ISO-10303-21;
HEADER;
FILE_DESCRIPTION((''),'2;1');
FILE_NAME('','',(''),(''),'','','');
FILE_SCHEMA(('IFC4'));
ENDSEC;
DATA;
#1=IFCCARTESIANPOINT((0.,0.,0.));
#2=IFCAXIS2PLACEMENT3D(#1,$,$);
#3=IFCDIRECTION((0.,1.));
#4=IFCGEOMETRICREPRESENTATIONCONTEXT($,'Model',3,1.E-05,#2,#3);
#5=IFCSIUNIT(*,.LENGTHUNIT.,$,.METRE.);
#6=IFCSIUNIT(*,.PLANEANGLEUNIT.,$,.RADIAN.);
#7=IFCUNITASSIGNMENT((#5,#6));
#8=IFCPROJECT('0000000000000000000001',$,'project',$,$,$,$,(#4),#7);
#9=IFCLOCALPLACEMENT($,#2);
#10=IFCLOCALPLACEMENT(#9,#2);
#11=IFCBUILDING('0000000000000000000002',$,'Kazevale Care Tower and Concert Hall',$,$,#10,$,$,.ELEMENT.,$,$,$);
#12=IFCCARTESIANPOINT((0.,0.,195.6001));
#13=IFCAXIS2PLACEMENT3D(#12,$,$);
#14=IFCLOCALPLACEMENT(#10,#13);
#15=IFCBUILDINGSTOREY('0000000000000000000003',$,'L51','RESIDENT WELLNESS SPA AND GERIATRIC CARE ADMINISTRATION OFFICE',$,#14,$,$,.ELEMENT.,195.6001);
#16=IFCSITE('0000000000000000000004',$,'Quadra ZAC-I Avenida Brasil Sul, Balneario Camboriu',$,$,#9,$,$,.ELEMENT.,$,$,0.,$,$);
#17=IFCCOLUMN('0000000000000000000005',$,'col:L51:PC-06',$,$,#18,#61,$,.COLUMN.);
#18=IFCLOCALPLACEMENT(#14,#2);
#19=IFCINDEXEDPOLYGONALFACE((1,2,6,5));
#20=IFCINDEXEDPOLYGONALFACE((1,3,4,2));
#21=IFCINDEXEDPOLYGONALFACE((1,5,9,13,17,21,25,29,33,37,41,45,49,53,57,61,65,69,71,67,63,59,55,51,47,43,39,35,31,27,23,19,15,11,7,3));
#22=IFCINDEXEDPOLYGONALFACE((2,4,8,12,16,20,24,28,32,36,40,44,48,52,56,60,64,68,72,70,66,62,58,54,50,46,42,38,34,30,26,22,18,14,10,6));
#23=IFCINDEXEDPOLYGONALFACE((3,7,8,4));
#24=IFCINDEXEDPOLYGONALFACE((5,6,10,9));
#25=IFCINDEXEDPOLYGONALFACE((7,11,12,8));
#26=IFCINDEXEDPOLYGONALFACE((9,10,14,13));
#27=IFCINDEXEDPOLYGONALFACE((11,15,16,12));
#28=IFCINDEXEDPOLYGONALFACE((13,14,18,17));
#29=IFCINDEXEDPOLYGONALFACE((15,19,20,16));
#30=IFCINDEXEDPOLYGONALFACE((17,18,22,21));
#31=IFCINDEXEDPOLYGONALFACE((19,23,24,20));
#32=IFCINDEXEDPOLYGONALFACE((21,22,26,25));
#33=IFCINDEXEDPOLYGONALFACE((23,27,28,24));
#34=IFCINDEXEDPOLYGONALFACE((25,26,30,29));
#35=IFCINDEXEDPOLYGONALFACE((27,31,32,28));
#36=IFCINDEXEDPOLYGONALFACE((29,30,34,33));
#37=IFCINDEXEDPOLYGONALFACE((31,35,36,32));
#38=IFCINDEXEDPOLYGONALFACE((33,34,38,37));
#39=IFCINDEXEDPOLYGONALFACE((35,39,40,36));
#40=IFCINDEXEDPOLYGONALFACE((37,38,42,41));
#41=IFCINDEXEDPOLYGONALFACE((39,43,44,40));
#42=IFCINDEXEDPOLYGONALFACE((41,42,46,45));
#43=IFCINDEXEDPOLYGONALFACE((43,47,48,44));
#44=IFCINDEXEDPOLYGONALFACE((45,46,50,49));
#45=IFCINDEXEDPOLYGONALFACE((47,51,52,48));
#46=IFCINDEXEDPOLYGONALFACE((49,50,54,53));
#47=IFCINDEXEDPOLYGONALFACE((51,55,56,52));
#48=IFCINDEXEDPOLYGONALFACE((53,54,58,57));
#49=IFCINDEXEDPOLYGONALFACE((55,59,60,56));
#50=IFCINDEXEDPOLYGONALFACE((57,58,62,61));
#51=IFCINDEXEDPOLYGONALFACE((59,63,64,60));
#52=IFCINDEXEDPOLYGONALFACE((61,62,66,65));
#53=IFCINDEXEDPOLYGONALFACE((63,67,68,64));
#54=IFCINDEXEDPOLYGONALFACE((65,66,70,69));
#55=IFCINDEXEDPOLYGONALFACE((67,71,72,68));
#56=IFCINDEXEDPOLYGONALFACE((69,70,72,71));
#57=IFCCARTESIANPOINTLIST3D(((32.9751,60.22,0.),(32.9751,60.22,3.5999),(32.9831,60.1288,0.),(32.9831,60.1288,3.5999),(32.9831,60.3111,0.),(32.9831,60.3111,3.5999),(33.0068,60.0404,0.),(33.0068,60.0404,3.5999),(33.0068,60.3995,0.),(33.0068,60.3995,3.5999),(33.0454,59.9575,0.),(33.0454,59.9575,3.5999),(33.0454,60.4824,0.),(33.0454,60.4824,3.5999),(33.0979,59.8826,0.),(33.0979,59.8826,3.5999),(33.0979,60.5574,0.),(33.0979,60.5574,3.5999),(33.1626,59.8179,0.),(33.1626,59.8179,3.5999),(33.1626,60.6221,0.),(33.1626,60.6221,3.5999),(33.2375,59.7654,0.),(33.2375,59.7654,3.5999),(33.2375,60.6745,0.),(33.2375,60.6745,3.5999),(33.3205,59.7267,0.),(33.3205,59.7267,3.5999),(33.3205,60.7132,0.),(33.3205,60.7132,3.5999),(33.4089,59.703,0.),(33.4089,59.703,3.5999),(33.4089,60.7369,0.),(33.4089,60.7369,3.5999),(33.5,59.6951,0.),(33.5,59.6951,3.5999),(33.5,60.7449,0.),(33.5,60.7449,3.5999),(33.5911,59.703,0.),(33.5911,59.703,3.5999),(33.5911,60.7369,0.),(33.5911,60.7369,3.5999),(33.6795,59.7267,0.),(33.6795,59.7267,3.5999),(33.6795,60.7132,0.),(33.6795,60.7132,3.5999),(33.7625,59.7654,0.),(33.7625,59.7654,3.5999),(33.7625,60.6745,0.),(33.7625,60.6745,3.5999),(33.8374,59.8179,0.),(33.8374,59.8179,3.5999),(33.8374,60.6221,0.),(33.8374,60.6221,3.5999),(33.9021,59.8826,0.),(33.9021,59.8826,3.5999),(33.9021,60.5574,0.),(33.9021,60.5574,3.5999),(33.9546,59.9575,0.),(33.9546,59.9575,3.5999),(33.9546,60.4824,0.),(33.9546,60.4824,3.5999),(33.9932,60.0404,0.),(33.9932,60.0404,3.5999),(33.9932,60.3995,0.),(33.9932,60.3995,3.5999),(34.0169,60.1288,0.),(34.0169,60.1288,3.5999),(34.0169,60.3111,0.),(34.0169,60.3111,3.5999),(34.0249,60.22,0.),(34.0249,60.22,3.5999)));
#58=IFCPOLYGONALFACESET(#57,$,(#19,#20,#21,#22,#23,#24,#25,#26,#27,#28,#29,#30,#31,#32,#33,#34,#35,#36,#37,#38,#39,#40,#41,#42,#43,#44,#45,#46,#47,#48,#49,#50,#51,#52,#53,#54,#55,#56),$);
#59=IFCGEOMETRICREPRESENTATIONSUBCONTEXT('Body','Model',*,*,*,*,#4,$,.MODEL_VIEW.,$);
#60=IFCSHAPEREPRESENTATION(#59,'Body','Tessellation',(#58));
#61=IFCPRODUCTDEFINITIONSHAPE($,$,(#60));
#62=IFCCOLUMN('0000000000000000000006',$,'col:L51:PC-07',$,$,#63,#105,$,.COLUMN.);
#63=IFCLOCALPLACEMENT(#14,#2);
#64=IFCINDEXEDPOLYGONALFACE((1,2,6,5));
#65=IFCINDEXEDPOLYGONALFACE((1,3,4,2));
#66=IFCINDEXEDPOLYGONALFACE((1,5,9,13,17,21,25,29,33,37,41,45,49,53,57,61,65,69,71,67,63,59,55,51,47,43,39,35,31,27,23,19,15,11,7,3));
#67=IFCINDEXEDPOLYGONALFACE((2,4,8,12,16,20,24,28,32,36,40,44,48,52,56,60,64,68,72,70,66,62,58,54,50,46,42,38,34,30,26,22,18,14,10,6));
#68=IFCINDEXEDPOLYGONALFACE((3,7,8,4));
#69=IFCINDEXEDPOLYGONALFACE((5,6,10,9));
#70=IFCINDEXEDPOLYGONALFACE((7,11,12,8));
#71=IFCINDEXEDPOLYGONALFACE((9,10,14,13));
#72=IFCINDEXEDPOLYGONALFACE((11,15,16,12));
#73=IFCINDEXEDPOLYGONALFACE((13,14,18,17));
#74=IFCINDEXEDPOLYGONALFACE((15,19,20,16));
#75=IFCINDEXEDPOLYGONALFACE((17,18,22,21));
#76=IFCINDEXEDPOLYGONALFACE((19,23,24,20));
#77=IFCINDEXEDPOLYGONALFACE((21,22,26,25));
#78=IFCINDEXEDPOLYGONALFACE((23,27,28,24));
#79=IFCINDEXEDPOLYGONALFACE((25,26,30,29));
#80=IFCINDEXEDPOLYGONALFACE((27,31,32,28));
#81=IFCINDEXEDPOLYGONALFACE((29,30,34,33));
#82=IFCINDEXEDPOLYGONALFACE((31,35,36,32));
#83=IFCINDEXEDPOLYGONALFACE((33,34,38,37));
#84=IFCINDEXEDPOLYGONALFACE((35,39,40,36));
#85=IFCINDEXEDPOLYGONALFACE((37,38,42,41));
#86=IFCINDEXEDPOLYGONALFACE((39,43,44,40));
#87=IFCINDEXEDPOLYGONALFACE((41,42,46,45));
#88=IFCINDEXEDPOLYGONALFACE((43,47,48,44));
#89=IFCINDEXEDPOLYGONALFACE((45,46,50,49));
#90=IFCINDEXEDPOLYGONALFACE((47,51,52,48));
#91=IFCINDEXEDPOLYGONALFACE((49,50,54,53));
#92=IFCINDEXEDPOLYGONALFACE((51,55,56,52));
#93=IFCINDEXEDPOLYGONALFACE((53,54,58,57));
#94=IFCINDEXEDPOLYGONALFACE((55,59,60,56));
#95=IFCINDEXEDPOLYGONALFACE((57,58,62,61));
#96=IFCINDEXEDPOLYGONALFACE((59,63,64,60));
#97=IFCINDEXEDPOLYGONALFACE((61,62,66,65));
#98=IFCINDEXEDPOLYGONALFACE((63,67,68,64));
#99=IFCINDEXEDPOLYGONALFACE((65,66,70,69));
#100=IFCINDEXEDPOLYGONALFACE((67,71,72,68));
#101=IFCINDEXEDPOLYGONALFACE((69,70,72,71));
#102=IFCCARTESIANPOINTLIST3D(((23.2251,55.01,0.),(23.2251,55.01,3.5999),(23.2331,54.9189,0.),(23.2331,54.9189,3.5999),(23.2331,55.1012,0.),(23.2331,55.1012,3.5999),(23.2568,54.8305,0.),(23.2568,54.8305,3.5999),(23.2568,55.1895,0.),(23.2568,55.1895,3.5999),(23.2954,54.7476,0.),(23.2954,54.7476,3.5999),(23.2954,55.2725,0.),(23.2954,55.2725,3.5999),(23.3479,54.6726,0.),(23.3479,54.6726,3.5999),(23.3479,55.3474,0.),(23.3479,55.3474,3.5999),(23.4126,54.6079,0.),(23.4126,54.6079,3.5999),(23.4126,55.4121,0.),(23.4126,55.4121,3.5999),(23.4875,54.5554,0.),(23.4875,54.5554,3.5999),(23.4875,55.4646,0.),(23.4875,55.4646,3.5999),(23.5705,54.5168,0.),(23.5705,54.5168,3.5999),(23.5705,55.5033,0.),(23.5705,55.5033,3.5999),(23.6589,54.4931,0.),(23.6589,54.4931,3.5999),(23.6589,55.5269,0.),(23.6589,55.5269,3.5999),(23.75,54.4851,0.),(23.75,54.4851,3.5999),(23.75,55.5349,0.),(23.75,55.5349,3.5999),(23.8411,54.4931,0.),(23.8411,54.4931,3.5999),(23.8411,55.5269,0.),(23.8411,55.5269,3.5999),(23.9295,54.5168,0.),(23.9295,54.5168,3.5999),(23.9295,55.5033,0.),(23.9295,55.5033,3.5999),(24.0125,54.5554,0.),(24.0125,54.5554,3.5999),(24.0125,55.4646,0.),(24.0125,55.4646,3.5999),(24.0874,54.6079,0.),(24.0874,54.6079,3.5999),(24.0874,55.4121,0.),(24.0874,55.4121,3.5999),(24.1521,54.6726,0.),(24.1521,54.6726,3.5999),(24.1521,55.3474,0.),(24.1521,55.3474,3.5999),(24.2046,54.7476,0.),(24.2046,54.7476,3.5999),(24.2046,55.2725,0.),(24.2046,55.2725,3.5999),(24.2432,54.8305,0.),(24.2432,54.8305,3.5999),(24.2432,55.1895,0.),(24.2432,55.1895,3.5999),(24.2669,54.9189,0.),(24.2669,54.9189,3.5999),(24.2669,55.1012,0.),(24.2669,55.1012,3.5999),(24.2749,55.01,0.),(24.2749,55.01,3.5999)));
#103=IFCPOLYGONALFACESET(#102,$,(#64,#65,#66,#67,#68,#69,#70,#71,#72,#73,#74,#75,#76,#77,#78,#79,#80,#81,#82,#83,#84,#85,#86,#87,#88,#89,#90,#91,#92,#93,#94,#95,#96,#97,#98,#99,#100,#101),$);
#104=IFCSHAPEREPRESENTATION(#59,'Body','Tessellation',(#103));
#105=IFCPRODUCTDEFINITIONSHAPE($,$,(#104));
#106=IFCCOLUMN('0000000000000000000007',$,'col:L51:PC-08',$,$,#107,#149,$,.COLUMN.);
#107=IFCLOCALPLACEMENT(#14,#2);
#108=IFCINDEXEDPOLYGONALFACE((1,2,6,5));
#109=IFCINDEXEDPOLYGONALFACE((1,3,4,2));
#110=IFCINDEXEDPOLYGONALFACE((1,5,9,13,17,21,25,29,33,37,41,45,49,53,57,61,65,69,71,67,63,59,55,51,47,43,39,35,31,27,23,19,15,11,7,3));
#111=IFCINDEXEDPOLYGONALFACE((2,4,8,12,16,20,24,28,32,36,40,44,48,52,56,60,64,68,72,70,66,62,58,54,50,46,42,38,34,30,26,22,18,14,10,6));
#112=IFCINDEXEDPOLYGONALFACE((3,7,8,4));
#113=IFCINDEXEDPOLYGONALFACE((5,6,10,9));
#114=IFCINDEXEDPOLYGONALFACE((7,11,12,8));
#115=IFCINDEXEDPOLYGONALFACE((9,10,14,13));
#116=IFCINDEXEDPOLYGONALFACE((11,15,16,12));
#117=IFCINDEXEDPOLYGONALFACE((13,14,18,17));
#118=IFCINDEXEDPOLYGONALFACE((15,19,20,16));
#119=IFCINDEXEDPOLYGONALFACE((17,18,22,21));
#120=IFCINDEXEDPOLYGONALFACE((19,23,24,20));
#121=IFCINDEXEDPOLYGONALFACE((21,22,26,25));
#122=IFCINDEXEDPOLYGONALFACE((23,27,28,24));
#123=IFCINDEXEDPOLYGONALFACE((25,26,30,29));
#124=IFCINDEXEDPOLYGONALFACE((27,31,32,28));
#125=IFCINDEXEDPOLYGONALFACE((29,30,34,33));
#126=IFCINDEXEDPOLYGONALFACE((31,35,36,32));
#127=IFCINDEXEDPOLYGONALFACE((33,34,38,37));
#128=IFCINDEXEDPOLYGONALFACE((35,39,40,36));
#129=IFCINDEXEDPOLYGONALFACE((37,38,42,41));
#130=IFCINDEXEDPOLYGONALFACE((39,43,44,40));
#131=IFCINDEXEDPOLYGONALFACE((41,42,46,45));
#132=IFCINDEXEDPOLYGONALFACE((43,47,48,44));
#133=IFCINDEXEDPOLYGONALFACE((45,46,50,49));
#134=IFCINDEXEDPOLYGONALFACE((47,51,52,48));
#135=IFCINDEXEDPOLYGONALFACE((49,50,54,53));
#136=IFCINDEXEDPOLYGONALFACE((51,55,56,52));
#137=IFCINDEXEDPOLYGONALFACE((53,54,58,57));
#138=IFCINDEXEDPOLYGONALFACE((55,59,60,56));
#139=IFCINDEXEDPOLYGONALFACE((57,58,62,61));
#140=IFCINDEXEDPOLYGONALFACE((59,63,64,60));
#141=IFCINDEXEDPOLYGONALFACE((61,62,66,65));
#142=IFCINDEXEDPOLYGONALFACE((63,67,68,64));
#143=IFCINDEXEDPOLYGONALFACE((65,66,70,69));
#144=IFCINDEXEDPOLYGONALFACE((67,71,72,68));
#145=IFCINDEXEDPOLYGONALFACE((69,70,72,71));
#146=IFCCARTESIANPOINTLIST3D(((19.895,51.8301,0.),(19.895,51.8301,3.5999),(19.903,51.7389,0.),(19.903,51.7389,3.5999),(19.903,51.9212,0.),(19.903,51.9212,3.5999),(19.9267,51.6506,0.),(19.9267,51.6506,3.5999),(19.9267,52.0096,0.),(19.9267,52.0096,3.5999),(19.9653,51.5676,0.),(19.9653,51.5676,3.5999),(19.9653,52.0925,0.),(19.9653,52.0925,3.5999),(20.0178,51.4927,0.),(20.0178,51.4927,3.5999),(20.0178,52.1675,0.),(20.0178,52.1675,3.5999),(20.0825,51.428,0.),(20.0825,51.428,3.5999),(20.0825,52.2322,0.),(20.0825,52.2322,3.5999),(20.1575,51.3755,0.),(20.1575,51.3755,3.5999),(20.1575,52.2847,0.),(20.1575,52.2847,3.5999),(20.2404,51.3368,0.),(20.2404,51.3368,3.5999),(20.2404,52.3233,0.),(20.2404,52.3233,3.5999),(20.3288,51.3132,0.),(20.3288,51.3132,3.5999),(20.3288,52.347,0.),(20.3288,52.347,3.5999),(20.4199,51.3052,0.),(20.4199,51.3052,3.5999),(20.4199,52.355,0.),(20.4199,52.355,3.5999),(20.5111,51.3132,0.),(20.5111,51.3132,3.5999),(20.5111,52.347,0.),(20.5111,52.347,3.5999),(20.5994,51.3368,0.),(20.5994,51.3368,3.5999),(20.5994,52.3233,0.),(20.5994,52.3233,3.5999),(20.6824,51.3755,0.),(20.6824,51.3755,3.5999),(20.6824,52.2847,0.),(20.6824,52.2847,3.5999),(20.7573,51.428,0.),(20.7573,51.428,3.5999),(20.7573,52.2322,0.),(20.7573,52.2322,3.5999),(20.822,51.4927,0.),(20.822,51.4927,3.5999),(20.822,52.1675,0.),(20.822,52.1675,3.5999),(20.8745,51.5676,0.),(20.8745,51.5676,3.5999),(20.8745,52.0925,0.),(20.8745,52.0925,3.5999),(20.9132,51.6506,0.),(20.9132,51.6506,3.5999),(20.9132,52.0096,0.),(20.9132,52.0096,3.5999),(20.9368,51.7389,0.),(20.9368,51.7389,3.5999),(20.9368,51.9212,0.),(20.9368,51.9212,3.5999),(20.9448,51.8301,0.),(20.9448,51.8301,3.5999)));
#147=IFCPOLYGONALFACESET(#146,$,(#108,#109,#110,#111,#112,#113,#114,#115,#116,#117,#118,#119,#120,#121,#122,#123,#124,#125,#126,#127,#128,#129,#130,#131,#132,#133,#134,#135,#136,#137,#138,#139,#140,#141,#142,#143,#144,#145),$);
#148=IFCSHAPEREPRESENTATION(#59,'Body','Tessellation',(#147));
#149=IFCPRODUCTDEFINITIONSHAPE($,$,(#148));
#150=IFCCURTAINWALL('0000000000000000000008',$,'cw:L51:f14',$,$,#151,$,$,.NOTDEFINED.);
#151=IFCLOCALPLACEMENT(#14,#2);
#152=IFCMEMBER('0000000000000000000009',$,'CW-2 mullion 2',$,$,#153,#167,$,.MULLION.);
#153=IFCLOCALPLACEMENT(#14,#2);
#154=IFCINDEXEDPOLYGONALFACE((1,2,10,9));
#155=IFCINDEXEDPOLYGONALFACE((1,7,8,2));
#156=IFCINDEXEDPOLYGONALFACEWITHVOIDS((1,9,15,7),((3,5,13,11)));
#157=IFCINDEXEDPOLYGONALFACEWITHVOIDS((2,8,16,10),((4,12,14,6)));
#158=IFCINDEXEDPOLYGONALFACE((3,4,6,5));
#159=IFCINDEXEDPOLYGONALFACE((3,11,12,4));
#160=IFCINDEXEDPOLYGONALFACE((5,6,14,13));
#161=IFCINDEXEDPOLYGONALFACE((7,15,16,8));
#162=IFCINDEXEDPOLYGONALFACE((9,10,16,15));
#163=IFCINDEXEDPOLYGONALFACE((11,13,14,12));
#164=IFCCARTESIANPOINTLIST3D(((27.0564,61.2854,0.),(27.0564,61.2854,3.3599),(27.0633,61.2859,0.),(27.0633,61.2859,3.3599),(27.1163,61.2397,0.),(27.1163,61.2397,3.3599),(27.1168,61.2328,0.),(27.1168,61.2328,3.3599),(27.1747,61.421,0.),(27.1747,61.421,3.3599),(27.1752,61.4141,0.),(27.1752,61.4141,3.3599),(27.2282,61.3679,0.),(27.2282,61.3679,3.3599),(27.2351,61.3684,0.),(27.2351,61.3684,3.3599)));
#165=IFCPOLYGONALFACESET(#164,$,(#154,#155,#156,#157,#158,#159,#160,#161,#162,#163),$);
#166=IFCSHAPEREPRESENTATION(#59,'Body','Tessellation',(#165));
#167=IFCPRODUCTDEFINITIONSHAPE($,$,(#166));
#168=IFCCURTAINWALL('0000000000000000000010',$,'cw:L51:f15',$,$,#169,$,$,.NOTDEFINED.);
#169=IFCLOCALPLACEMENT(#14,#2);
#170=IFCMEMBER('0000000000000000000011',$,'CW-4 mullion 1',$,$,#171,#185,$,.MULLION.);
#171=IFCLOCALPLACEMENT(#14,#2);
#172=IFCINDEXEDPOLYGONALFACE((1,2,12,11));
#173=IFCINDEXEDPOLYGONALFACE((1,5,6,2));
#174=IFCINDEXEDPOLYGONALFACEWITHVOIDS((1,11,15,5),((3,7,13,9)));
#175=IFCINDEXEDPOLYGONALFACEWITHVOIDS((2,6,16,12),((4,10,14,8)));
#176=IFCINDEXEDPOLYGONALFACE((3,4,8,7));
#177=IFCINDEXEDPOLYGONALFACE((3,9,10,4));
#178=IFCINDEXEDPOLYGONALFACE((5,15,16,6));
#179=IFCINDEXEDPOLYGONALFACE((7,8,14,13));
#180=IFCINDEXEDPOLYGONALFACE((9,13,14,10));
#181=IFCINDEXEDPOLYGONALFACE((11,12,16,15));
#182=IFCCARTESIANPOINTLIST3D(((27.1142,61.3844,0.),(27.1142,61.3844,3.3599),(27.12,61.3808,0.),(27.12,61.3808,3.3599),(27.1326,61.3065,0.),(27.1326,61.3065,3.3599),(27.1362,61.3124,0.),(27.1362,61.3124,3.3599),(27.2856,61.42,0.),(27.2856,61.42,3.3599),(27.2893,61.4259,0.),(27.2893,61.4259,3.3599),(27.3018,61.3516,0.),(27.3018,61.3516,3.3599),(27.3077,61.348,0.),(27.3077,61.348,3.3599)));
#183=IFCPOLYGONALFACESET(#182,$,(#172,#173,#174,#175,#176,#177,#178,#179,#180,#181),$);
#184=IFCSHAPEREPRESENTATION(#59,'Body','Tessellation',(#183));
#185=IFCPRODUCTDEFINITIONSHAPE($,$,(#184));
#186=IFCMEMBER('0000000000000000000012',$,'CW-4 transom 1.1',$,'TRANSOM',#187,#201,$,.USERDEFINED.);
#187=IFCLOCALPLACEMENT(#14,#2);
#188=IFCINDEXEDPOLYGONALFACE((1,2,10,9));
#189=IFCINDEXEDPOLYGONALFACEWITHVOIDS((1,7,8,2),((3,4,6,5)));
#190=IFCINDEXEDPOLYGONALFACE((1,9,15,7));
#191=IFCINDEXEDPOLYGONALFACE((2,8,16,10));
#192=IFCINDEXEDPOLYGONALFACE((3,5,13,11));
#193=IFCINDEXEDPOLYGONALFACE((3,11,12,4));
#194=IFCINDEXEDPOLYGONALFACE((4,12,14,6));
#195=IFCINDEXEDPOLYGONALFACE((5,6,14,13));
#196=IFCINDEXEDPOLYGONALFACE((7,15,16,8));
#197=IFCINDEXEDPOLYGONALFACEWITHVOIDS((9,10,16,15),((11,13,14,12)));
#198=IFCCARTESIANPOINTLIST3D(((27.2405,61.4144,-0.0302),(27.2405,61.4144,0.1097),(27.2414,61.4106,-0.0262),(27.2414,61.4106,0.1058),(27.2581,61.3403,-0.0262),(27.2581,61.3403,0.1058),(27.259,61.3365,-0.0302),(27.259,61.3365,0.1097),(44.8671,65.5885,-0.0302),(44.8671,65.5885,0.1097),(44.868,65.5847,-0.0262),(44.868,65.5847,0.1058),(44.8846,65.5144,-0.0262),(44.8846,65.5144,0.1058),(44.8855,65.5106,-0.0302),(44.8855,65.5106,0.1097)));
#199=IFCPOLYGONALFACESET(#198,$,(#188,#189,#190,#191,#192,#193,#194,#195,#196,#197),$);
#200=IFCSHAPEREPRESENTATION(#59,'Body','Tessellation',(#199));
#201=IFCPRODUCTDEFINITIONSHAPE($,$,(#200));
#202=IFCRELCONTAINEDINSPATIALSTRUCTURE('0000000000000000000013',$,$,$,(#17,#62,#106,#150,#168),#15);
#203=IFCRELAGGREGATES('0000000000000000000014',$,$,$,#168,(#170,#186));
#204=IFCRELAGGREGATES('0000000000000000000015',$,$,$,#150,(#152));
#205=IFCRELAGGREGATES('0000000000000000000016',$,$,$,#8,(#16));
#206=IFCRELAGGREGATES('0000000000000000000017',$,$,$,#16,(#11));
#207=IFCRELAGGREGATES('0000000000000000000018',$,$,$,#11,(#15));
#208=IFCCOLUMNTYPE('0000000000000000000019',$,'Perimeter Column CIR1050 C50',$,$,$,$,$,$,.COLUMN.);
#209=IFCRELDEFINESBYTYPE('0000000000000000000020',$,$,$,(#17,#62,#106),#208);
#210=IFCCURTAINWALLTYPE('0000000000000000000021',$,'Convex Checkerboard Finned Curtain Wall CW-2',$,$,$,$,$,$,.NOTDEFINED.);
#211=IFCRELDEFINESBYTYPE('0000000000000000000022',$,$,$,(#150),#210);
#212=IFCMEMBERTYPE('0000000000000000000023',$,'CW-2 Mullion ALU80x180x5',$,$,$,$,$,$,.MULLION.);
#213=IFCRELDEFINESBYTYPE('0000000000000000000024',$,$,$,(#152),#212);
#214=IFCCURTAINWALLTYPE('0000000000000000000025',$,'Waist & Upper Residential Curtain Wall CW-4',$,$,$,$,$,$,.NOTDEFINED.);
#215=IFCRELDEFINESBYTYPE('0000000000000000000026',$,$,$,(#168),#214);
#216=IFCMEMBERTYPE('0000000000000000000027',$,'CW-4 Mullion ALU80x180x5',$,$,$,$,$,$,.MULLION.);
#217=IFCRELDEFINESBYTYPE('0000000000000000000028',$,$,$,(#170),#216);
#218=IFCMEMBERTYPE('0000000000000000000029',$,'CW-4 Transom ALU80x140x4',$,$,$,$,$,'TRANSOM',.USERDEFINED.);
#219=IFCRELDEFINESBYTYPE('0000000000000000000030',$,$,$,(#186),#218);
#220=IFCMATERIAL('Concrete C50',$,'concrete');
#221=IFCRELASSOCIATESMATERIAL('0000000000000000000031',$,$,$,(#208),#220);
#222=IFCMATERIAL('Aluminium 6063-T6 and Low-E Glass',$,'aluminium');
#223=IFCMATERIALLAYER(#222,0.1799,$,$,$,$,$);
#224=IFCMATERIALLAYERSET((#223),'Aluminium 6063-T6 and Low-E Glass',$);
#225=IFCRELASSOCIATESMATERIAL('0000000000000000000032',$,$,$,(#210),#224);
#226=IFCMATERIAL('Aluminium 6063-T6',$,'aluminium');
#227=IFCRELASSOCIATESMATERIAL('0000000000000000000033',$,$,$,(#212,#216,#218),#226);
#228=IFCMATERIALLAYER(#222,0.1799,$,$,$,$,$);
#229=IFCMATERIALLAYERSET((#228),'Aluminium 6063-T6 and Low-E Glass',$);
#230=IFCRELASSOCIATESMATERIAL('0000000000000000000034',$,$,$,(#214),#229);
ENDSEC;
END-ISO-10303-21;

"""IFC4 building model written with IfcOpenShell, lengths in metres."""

from ifc_helpers import new_model, si_unit, direction, frame, origin, origin_2d, place, context, subcontext, project, spatial, hollow_rectangle, circle, extrude, material, layer, layer_set, material_profile, profile_set, type_object, element, aggregate, save


model = new_model("IFC4")

# Units and contexts
model_context = context("Model", 3, precision=1e-05, world=origin(), true_north=direction((0.0, 1.0)))
body_context = subcontext(model_context, "Body", "Model", "MODEL_VIEW")
ifc_project = project(units=[si_unit("LENGTHUNIT", "METRE"), si_unit("PLANEANGLEUNIT", "RADIAN")], contexts=[model_context])

# Site, building, storey
site_placement = place(None, origin())
site = spatial("IfcSite", under=ifc_project, at=site_placement, Name="Quadra ZAC-I Avenida Brasil Sul, Balneario Camboriu", CompositionType="ELEMENT", RefElevation=0.0)
building_placement = place(site_placement, origin())
building = spatial("IfcBuilding", under=site, at=building_placement, Name="Kazevale Care Tower and Concert Hall", CompositionType="ELEMENT")
storey_placement = place(building_placement, frame((0.0, 0.0, 195.6001)))
storey = spatial("IfcBuildingStorey", under=building, at=storey_placement, Name="L51", Description="RESIDENT WELLNESS SPA AND GERIATRIC CARE ADMINISTRATION OFFICE", CompositionType="ELEMENT", Elevation=195.6001)

# Columns
ifc_material_1 = material(Name="Concrete C50", Category="concrete")
ifc_material_profile_1 = material_profile(ifc_material_1, circle(Radius=0.5249, at=origin_2d()), Name="RC-CIR1050")
ifc_profile_set_1 = profile_set([ifc_material_profile_1], Name="Concrete C50")
column_type = type_object("IfcColumnType", Name="Perimeter Column CIR1050 C50", PredefinedType="COLUMN", material=ifc_profile_set_1)
for number, where, z_axis, x_axis, name in (
    (1, (33.5, 60.22, 0.0), (0.0, 0.0, 1.0), (1.0, 0.0, 0.0), "col:L51:PC-06"),
    (2, (23.75, 55.01, 0.0), (0.0, 0.0, 1.0), (1.0, 0.0, 0.0), "col:L51:PC-07"),
    (3, (20.4199, 51.8301, 0.0), (0.0, 0.0, 1.0), (1.0, 0.0, 0.0), "col:L51:PC-08"),
):
    element("IfcColumn", number, at=place(storey_placement, frame(where, z_axis=z_axis, x_axis=x_axis)), inside=storey, type_object=column_type, Name=name, PredefinedType="COLUMN", context=body_context, shape_type="SweptSolid", body=[
        extrude(circle(Radius=0.5249, at=origin_2d()), origin(), (0.0, 0.0, 1.0), 3.5999),
    ])

# Curtain wall, member
ifc_material_2 = material(Name="Aluminium 6063-T6 and Low-E Glass", Category="aluminium")
ifc_layer_1 = layer(ifc_material_2, 0.1799)
ifc_layer_set_1 = layer_set([ifc_layer_1], Name="Aluminium 6063-T6 and Low-E Glass")
curtain_wall_type_1 = type_object("IfcCurtainWallType", Name="Convex Checkerboard Finned Curtain Wall CW-2", PredefinedType="NOTDEFINED", material=ifc_layer_set_1)
curtain_wall_1_placement = place(storey_placement, origin())
curtain_wall_1 = element("IfcCurtainWall", 4, at=curtain_wall_1_placement, inside=storey, type_object=curtain_wall_type_1, Name="cw:L51:f14", PredefinedType="NOTDEFINED")
ifc_material_3 = material(Name="Aluminium 6063-T6", Category="aluminium")
ifc_material_profile_2 = material_profile(ifc_material_3, hollow_rectangle(XDim=0.0801, YDim=0.1799, WallThickness=0.0049, at=origin_2d()), Name="ALU80x180x5")
ifc_profile_set_2 = profile_set([ifc_material_profile_2], Name="Aluminium 6063-T6")
member_type_1 = type_object("IfcMemberType", Name="CW-2 Mullion ALU80x180x5", PredefinedType="MULLION", material=ifc_profile_set_2)
member_1_placement = place(storey_placement, frame((27.1458, 61.3269, 0.0), z_axis=(0.0, 0.0, 1.0), x_axis=(-0.753738, 0.657175, 0.0)))
member_1 = element("IfcMember", 5, at=member_1_placement, type_object=member_type_1, Name="CW-2 mullion 2", PredefinedType="MULLION", context=body_context, shape_type="SweptSolid", body=[
    extrude(hollow_rectangle(XDim=0.0801, YDim=0.1799, WallThickness=0.0049, at=origin_2d()), origin(), (0.0, 0.0, 1.0), 3.3599),
])

# Curtain wall, members
ifc_layer_2 = layer(ifc_material_2, 0.1799)
ifc_layer_set_2 = layer_set([ifc_layer_2], Name="Aluminium 6063-T6 and Low-E Glass")
curtain_wall_type_2 = type_object("IfcCurtainWallType", Name="Waist & Upper Residential Curtain Wall CW-4", PredefinedType="NOTDEFINED", material=ifc_layer_set_2)
curtain_wall_2_placement = place(storey_placement, origin())
curtain_wall_2 = element("IfcCurtainWall", 6, at=curtain_wall_2_placement, inside=storey, type_object=curtain_wall_type_2, Name="cw:L51:f15", PredefinedType="NOTDEFINED")
ifc_material_profile_3 = material_profile(ifc_material_3, hollow_rectangle(XDim=0.0801, YDim=0.1799, WallThickness=0.0049, at=origin_2d()), Name="ALU80x180x5")
ifc_profile_set_3 = profile_set([ifc_material_profile_3], Name="Aluminium 6063-T6")
member_type_2 = type_object("IfcMemberType", Name="CW-4 Mullion ALU80x180x5", PredefinedType="MULLION", material=ifc_profile_set_3)
member_2_placement = place(storey_placement, frame((27.2109, 61.3662, 0.0), z_axis=(0.0, 0.0, 1.0), x_axis=(-0.230439, 0.973087, 0.0)))
member_2 = element("IfcMember", 7, at=member_2_placement, type_object=member_type_2, Name="CW-4 mullion 1", PredefinedType="MULLION", context=body_context, shape_type="SweptSolid", body=[
    extrude(hollow_rectangle(XDim=0.0801, YDim=0.1799, WallThickness=0.0049, at=origin_2d()), origin(), (0.0, 0.0, 1.0), 3.3599),
])
ifc_material_profile_4 = material_profile(ifc_material_3, hollow_rectangle(XDim=0.0801, YDim=0.1399, WallThickness=0.0039, at=origin_2d()), Name="ALU80x140x4")
ifc_profile_set_4 = profile_set([ifc_material_profile_4], Name="Aluminium 6063-T6")
member_type_3 = type_object("IfcMemberType", Name="CW-4 Transom ALU80x140x4", ElementType="TRANSOM", PredefinedType="USERDEFINED", material=ifc_profile_set_4)
member_3_placement = place(storey_placement, frame((27.2498, 61.3755, 0.0398), z_axis=(0.973088, 0.230434, 0.0), x_axis=(-0.230434, 0.973088, 0.0)))
member_3 = element("IfcMember", 8, at=member_3_placement, type_object=member_type_3, Name="CW-4 transom 1.1", ObjectType="TRANSOM", PredefinedType="USERDEFINED", context=body_context, shape_type="SweptSolid", body=[
    extrude(hollow_rectangle(XDim=0.0801, YDim=0.1399, WallThickness=0.0039, at=origin_2d()), origin(), (0.0, 0.0, 1.0), 18.114),
])
aggregate(curtain_wall_2, [member_2, member_3])

aggregate(curtain_wall_1, [member_1])

save(model, "model.ifc")
